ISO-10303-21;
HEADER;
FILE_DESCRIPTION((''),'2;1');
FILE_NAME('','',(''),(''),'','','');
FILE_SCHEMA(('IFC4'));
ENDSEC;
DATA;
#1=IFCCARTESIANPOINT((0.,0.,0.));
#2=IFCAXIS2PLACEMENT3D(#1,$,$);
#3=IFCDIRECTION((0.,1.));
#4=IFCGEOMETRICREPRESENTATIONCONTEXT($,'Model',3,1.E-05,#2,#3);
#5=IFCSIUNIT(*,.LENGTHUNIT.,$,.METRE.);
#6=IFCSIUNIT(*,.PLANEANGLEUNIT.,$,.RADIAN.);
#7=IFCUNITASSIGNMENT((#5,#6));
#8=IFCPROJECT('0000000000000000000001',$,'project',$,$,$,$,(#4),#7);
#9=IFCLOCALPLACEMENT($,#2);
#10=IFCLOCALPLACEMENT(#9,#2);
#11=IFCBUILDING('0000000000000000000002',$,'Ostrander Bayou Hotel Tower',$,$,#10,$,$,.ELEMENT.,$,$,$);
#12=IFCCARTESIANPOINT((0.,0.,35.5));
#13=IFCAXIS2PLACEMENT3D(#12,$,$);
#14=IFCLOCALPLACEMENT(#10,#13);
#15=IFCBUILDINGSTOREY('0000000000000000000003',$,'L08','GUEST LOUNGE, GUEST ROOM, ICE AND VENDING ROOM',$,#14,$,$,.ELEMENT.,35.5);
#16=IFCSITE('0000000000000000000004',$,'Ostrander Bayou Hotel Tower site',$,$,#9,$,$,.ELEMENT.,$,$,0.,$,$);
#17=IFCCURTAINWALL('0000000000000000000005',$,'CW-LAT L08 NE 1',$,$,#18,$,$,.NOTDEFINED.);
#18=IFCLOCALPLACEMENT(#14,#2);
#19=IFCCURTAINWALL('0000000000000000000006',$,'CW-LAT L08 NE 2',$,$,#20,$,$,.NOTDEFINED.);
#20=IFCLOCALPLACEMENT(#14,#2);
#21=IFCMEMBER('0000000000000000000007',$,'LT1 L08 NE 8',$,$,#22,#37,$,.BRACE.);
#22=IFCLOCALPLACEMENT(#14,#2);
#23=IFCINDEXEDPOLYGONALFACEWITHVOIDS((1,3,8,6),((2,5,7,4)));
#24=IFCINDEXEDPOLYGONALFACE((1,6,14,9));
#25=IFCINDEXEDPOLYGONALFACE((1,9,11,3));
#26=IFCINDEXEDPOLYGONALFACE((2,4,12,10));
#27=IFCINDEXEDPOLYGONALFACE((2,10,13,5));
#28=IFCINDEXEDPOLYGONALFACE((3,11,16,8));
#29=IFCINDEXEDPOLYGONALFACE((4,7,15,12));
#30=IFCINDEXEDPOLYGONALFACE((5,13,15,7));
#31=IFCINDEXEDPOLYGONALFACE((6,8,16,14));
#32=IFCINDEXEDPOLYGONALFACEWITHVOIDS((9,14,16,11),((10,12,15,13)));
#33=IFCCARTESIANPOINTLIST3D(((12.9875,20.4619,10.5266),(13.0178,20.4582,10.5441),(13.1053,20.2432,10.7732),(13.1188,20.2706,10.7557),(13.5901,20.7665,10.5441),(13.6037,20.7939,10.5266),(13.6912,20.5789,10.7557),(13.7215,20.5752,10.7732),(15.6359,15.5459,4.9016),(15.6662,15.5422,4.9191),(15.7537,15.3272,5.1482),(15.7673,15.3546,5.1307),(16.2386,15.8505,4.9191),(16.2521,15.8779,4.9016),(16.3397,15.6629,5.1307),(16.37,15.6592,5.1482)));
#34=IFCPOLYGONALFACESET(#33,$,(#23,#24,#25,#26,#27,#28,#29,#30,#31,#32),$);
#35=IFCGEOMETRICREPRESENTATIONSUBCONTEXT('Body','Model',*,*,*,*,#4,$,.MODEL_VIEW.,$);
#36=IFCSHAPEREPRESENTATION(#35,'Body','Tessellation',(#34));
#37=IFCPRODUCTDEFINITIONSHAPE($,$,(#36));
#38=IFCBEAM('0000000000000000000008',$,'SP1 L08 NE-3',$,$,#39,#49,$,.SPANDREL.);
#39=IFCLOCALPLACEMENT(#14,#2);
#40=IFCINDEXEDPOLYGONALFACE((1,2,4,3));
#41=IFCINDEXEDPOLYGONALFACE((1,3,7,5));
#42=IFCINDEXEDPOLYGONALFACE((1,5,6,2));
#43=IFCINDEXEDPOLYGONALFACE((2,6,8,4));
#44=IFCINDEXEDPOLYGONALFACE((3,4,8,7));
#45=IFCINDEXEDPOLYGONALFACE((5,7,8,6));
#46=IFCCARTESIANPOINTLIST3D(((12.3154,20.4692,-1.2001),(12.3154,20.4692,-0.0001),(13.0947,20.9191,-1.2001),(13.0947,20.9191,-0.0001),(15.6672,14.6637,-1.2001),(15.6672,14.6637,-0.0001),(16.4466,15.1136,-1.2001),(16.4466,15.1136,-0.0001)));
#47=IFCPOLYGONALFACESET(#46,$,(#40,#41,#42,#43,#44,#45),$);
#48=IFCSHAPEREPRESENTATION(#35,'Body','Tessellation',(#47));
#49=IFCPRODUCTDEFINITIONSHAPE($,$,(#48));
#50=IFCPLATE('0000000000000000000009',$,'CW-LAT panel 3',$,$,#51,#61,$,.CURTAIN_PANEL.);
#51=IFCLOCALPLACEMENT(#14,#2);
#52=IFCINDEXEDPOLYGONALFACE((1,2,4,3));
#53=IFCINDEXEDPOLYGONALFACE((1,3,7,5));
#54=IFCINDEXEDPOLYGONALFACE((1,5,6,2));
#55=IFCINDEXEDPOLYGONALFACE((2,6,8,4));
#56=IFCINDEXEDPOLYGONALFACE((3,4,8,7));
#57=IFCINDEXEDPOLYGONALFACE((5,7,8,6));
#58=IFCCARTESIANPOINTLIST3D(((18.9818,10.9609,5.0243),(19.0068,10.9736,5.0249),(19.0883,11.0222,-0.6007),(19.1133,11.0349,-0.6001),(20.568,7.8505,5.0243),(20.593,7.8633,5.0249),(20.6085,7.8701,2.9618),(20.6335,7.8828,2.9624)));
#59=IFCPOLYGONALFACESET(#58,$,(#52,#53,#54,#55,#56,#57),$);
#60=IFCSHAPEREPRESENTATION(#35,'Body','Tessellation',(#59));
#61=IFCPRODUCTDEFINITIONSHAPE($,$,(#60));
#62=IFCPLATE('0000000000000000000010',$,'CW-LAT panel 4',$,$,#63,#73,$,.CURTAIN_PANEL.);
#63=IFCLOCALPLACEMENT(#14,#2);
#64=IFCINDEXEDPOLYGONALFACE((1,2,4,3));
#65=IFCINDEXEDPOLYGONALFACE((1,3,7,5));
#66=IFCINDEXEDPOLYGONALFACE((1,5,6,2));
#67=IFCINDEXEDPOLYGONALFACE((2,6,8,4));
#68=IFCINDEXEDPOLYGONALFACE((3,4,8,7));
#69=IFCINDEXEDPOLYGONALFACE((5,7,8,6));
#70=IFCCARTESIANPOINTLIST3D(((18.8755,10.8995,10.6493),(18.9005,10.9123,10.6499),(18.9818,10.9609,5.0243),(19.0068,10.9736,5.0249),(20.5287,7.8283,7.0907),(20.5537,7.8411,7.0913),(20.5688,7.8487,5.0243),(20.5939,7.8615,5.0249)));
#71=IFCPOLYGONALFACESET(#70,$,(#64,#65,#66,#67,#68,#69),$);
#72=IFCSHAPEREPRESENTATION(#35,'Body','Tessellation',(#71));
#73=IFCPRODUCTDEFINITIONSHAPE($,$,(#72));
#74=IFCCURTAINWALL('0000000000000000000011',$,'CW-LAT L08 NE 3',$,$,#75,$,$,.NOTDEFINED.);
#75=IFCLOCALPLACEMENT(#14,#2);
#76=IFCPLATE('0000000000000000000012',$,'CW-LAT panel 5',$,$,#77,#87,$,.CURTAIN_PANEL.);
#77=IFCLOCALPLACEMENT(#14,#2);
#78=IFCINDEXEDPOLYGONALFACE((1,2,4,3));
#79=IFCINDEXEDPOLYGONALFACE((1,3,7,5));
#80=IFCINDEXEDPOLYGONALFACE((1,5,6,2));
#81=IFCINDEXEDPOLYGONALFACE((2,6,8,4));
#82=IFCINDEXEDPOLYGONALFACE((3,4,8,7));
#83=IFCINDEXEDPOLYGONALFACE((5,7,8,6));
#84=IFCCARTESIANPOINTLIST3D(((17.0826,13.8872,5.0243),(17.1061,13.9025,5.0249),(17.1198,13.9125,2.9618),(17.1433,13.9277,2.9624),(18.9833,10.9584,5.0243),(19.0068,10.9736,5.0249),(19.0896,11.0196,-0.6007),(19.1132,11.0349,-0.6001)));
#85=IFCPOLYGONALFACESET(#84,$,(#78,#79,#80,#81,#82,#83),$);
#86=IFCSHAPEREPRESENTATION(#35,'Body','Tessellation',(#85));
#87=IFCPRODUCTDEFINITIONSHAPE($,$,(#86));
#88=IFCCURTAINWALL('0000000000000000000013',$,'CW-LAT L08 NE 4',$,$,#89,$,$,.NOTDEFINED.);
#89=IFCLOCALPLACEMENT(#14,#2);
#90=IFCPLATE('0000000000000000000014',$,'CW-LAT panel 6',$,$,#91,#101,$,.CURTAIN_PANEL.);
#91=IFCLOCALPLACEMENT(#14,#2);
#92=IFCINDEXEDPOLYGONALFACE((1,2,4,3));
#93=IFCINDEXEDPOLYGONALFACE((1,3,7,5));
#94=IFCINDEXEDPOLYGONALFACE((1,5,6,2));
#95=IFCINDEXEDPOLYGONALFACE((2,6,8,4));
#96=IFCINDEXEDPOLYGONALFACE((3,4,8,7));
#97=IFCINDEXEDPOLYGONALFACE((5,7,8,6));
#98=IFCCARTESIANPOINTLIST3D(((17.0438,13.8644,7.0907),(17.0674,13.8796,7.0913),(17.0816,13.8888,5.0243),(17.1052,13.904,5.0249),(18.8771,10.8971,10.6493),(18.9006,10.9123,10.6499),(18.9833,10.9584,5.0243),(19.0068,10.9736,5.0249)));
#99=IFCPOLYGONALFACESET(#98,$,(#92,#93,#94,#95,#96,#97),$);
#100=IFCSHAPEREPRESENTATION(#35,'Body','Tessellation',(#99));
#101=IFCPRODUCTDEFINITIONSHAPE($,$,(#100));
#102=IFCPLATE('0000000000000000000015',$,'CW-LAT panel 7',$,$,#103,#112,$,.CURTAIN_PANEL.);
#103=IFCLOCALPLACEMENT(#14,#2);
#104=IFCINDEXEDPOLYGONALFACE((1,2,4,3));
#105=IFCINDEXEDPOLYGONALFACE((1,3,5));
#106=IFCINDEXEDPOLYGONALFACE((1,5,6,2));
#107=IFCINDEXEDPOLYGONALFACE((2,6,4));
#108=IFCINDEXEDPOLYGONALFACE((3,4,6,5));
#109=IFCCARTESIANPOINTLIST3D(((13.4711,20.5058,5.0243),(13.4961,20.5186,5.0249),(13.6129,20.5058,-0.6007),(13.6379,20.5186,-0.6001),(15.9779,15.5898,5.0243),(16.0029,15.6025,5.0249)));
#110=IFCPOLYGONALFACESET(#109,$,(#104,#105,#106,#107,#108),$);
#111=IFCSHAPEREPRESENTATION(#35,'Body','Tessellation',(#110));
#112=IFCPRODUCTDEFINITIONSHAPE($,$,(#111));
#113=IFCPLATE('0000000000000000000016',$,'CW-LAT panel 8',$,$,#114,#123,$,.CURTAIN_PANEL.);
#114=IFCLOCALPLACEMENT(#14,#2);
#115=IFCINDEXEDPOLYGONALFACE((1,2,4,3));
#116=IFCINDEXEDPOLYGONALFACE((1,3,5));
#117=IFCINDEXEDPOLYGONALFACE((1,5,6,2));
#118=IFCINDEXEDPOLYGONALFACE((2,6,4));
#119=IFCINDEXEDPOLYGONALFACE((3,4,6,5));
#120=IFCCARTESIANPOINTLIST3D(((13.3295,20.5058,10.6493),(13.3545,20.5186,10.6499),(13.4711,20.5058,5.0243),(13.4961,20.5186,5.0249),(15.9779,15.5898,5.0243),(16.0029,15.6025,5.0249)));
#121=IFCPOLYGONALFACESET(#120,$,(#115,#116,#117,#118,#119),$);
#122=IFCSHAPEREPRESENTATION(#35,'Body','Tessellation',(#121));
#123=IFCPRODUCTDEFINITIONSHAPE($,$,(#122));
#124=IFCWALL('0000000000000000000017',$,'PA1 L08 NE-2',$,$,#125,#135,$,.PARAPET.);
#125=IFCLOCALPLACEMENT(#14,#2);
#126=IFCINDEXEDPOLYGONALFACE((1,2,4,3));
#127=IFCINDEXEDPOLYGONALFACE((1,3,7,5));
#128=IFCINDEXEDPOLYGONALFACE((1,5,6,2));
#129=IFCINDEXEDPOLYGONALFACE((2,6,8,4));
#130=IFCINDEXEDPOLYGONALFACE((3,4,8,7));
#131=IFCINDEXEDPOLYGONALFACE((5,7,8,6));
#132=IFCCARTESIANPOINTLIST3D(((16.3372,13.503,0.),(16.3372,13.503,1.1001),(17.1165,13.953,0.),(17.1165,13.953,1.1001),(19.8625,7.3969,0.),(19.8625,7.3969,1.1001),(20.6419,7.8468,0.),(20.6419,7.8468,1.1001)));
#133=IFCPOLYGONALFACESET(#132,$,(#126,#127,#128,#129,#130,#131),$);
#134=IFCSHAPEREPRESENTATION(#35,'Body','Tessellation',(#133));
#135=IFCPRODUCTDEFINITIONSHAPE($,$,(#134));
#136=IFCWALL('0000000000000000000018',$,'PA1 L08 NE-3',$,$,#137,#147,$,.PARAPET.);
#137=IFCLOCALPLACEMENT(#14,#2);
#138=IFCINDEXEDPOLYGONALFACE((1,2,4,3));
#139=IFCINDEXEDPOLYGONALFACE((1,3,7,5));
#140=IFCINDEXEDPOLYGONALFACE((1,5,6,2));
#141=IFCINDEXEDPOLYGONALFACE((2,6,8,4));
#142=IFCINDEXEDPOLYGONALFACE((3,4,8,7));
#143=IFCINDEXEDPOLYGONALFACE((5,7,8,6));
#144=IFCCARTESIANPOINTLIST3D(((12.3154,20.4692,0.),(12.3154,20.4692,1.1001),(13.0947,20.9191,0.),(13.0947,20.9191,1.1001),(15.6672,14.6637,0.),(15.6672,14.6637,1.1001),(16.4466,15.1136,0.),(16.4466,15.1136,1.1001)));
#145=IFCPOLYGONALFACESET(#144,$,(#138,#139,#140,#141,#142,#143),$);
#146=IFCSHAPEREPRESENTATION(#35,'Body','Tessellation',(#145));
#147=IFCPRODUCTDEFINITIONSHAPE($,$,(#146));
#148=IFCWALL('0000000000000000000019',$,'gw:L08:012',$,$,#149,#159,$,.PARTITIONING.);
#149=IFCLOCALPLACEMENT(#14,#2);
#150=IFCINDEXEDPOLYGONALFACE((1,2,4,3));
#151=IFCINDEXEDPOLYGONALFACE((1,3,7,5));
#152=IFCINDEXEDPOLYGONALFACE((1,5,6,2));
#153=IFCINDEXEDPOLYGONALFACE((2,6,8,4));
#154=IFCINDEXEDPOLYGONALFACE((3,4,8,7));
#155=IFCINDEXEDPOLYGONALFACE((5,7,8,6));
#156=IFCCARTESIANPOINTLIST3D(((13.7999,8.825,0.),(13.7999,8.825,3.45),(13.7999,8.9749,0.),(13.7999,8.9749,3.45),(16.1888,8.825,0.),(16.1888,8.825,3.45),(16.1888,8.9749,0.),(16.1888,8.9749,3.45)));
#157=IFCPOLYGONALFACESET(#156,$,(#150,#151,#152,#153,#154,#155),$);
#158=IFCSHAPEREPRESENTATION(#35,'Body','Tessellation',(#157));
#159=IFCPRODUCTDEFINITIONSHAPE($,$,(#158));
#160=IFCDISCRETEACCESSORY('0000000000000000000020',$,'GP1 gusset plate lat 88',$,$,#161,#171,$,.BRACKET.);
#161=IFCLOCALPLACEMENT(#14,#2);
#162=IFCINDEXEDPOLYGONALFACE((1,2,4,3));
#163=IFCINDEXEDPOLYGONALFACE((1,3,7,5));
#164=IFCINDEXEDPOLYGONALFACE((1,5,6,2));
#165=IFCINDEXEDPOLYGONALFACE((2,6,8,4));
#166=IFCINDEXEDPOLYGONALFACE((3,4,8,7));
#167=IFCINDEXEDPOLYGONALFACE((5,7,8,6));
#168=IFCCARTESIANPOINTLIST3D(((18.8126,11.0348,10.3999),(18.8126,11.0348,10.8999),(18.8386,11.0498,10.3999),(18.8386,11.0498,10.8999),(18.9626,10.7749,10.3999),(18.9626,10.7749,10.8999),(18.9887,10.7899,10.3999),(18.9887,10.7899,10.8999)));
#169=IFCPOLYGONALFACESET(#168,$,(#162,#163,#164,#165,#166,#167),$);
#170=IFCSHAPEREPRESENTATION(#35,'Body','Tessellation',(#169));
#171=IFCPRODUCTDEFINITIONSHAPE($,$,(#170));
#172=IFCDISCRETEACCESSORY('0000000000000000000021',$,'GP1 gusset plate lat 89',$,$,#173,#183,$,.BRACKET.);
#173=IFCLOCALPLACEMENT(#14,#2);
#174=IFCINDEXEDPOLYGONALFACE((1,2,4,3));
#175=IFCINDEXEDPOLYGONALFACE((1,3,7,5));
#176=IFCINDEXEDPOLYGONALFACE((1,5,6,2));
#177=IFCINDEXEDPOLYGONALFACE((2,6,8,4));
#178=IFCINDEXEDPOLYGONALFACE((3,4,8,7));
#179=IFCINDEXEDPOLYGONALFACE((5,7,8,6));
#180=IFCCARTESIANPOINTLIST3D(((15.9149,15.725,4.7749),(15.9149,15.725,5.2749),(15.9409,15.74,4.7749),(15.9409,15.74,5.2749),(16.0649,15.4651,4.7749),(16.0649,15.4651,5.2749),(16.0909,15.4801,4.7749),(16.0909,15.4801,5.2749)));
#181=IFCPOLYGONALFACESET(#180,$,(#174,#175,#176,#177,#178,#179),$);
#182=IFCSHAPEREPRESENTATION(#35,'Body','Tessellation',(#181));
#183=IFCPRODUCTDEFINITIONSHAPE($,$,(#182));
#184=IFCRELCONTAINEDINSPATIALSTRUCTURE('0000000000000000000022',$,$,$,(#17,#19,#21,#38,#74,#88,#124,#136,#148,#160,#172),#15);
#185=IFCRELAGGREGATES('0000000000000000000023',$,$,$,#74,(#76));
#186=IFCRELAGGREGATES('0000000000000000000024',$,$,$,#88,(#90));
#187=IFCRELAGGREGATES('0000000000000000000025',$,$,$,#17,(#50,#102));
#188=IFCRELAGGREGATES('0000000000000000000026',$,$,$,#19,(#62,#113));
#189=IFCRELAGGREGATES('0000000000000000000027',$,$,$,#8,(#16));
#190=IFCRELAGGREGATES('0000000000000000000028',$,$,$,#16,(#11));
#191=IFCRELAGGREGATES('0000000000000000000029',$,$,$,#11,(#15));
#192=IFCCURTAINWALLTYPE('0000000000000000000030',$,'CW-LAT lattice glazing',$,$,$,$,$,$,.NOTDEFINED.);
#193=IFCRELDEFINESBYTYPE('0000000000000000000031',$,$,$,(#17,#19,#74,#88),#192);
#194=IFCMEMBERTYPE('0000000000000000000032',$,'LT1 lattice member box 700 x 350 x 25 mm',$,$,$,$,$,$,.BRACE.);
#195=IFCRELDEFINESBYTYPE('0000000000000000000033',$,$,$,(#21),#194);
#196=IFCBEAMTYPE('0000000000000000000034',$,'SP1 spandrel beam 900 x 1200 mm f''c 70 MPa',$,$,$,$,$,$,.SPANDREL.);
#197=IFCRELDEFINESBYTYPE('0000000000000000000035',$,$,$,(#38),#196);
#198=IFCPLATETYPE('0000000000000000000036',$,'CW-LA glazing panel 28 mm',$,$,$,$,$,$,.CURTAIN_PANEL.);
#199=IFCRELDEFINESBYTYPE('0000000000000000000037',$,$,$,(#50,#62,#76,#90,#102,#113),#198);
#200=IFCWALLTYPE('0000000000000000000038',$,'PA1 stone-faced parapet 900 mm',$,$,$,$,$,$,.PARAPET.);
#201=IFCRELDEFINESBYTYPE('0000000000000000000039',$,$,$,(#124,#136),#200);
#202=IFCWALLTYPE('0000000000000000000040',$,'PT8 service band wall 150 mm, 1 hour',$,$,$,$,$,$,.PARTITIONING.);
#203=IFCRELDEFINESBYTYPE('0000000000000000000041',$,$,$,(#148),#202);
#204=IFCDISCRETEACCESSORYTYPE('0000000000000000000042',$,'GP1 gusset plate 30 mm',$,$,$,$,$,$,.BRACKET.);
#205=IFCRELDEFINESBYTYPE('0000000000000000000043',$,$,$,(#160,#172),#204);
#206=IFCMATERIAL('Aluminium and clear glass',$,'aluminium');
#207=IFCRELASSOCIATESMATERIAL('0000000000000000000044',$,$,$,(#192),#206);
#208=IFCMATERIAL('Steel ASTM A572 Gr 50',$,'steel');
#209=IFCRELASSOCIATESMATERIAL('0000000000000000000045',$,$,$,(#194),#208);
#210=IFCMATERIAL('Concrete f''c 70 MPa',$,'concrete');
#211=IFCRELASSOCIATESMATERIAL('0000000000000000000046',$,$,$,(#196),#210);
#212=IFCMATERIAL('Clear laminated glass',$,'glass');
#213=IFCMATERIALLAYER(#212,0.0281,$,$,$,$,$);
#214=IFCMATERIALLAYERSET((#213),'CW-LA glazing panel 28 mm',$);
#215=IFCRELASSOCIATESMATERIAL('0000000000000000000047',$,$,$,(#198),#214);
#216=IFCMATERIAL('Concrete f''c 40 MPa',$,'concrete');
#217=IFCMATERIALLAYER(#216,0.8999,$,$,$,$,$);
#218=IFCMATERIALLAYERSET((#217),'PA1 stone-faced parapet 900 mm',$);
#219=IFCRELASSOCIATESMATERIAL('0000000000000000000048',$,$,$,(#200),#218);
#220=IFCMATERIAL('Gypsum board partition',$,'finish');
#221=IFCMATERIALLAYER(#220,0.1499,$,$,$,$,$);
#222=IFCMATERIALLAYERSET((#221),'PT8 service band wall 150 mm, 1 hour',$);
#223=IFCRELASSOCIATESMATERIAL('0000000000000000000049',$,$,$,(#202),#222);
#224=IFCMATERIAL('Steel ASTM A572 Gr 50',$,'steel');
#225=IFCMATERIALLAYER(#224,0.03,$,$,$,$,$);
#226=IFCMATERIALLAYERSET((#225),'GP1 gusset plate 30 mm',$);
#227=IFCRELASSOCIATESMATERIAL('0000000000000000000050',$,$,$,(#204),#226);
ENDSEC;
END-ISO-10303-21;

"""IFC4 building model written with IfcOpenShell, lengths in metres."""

from ifc_helpers import new_model, si_unit, direction, frame, frame_2d, origin, origin_2d, place, context, subcontext, project, spatial, polyline, rectangle, hollow_rectangle, outline, extrude, material, layer, layer_set, material_profile, profile_set, type_object, element, aggregate, save


model = new_model("IFC4")

# Units and contexts
model_context = context("Model", 3, precision=1e-05, world=origin(), true_north=direction((0.0, 1.0)))
body_context = subcontext(model_context, "Body", "Model", "MODEL_VIEW")
ifc_project = project(units=[si_unit("LENGTHUNIT", "METRE"), si_unit("PLANEANGLEUNIT", "RADIAN")], contexts=[model_context])

# Site, building, storey
site_placement = place(None, origin())
site = spatial("IfcSite", under=ifc_project, at=site_placement, Name="Ostrander Bayou Hotel Tower site", CompositionType="ELEMENT", RefElevation=0.0)
building_placement = place(site_placement, origin())
building = spatial("IfcBuilding", under=site, at=building_placement, Name="Ostrander Bayou Hotel Tower", CompositionType="ELEMENT")
storey_placement = place(building_placement, frame((0.0, 0.0, 35.5)))
storey = spatial("IfcBuildingStorey", under=building, at=storey_placement, Name="L08", Description="GUEST LOUNGE, GUEST ROOM, ICE AND VENDING ROOM", CompositionType="ELEMENT", Elevation=35.5)

# Curtain walls
ifc_material_1 = material(Name="Aluminium and clear glass", Category="aluminium")
curtain_wall_type = type_object("IfcCurtainWallType", Name="CW-LAT lattice glazing", PredefinedType="NOTDEFINED", material=ifc_material_1)
curtain_wall_1_placement = place(storey_placement, origin())
curtain_wall_1 = element("IfcCurtainWall", 1, at=curtain_wall_1_placement, inside=storey, type_object=curtain_wall_type, Name="CW-LAT L08 NE 1", PredefinedType="NOTDEFINED")
curtain_wall_2_placement = place(storey_placement, origin())
curtain_wall_2 = element("IfcCurtainWall", 2, at=curtain_wall_2_placement, inside=storey, type_object=curtain_wall_type, Name="CW-LAT L08 NE 2", PredefinedType="NOTDEFINED")

# Member
ifc_material_2 = material(Name="Steel ASTM A572 Gr 50", Category="steel")
ifc_material_profile_1 = material_profile(ifc_material_2, hollow_rectangle(XDim=0.7, YDim=0.3501, WallThickness=0.0249, at=origin_2d()))
ifc_profile_set_1 = profile_set([ifc_material_profile_1], Name="Steel ASTM A572 Gr 50")
member_type_1 = type_object("IfcMemberType", Name="LT1 lattice member box 700 x 350 x 25 mm", PredefinedType="BRACE", material=ifc_profile_set_1)
member_1_placement = place(storey_placement, frame((16.0029, 15.6025, 5.0249), z_axis=(-0.334144, 0.620236, 0.709686), x_axis=(-0.88037, -0.474288, 0.0)))
element("IfcMember", 3, at=member_1_placement, inside=storey, type_object=member_type_1, Name="LT1 L08 NE 8", PredefinedType="BRACE", context=body_context, shape_type="SweptSolid", body=[
    extrude(hollow_rectangle(XDim=0.7, YDim=0.3501, WallThickness=0.0249, at=origin_2d()), origin(), (0.0, 0.0, 1.0), 7.926),
])

# Beam
ifc_material_3 = material(Name="Concrete f'c 70 MPa", Category="concrete")
ifc_material_profile_2 = material_profile(ifc_material_3, rectangle(XDim=0.8999, YDim=1.2, at=origin_2d()))
ifc_profile_set_2 = profile_set([ifc_material_profile_2], Name="Concrete f'c 70 MPa")
beam_type_1 = type_object("IfcBeamType", Name="SP1 spandrel beam 900 x 1200 mm f'c 70 MPa", PredefinedType="SPANDREL", material=ifc_profile_set_2)
beam_1_placement = place(storey_placement, frame((16.0569, 14.8887, -0.6001), z_axis=(-0.500005, 0.866022, 0.0), x_axis=(-0.866022, -0.500005, 0.0)))
element("IfcBeam", 4, at=beam_1_placement, inside=storey, type_object=beam_type_1, Name="SP1 L08 NE-3", PredefinedType="SPANDREL", context=body_context, shape_type="SweptSolid", body=[
    extrude(rectangle(XDim=0.8999, YDim=1.2, at=origin_2d()), origin(), (0.0, 0.0, 1.0), 6.7036),
])

# Plates
ifc_material_4 = material(Name="Clear laminated glass", Category="glass")
ifc_layer_1 = layer(ifc_material_4, 0.0281)
ifc_layer_set_1 = layer_set([ifc_layer_1], Name="CW-LA glazing panel 28 mm")
plate_type = type_object("IfcPlateType", Name="CW-LA glazing panel 28 mm", PredefinedType="CURTAIN_PANEL", material=ifc_layer_set_1)
plate_1_placement = place(storey_placement, frame((20.6335, 7.8828, 2.9624), z_axis=(0.890635, 0.454196, 0.021802), x_axis=(-0.304428, 0.631199, -0.71338)))
plate_1 = element("IfcPlate", 5, at=plate_1_placement, type_object=plate_type, Name="CW-LAT panel 3", PredefinedType="CURTAIN_PANEL", context=body_context, shape_type="SweptSolid", body=[
    extrude(outline(polyline([(0.0, 0.0), (4.9938, 0.0), (0.9748, 3.9374), (-1.4713, 1.4461), (0.0, 0.0)])), origin(), (0.0, 0.0, -1.0), 0.0281),
])
plate_2_placement = place(storey_placement, frame((20.5537, 7.8411, 7.0913), z_axis=(0.890644, 0.454179, 0.021792), x_axis=(-0.33178, 0.616354, 0.714164)))
plate_2 = element("IfcPlate", 6, at=plate_2_placement, type_object=plate_type, Name="CW-LAT panel 4", PredefinedType="CURTAIN_PANEL", context=body_context, shape_type="SweptSolid", body=[
    extrude(outline(polyline([(0.0, 0.0), (4.9829, 0.0), (0.9682, -3.9419), (-1.4765, -1.4464), (0.0, 0.0)])), origin(), (0.0, 0.0, -1.0), 0.0281),
])

# Curtain walls, plates
curtain_wall_3_placement = place(storey_placement, origin())
curtain_wall_3 = element("IfcCurtainWall", 7, at=curtain_wall_3_placement, inside=storey, type_object=curtain_wall_type, Name="CW-LAT L08 NE 3", PredefinedType="NOTDEFINED")
plate_3_placement = place(storey_placement, frame((17.1433, 13.9277, 2.9624), z_axis=(0.838644, 0.544245, 0.021779), x_axis=(0.394444, -0.579265, -0.713348)))
plate_3 = element("IfcPlate", 8, at=plate_3_placement, type_object=plate_type, Name="CW-LAT panel 5", PredefinedType="CURTAIN_PANEL", context=body_context, shape_type="SweptSolid", body=[
    extrude(outline(polyline([(0.0, 0.0), (4.9941, 0.0), (0.975, -3.9374), (-1.4714, -1.446), (0.0, 0.0)])), origin(), (0.0, 0.0, -1.0), 0.0281),
])
aggregate(curtain_wall_3, [plate_3])
curtain_wall_4_placement = place(storey_placement, origin())
curtain_wall_4 = element("IfcCurtainWall", 9, at=curtain_wall_4_placement, inside=storey, type_object=curtain_wall_type, Name="CW-LAT L08 NE 4", PredefinedType="NOTDEFINED")
plate_4_placement = place(storey_placement, frame((17.0674, 13.8796, 7.0913), z_axis=(0.838652, 0.544232, 0.02177), x_axis=(0.367903, -0.595499, 0.714163)))
plate_4 = element("IfcPlate", 10, at=plate_4_placement, type_object=plate_type, Name="CW-LAT panel 6", PredefinedType="CURTAIN_PANEL", context=body_context, shape_type="SweptSolid", body=[
    extrude(outline(polyline([(0.0, 0.0), (4.9829, 0.0), (0.9683, 3.9419), (-1.4764, 1.4465), (0.0, 0.0)])), origin(), (0.0, 0.0, -1.0), 0.0281),
])
aggregate(curtain_wall_4, [plate_4])

# Plates
plate_5_placement = place(storey_placement, frame((16.0029, 15.6025, 5.0249), z_axis=(0.890635, 0.454164, 0.022459), x_axis=(-0.301816, 0.627373, -0.717852)))
plate_5 = element("IfcPlate", 11, at=plate_5_placement, type_object=plate_type, Name="CW-LAT panel 7", PredefinedType="CURTAIN_PANEL", context=body_context, shape_type="SweptSolid", body=[
    extrude(outline(polyline([(0.0, 0.0), (7.8359, 0.0), (3.8408, 3.9623), (0.0, 0.0)])), origin(), (0.0, 0.0, -1.0), 0.0281),
])
aggregate(curtain_wall_1, [plate_1, plate_5])
plate_6_placement = place(storey_placement, frame((16.0029, 15.6025, 5.0249), z_axis=(0.890636, 0.454164, 0.022421), x_axis=(-0.334144, 0.620236, 0.709686)))
plate_6 = element("IfcPlate", 12, at=plate_6_placement, type_object=plate_type, Name="CW-LAT panel 8", PredefinedType="CURTAIN_PANEL", context=body_context, shape_type="SweptSolid", body=[
    extrude(outline(polyline([(0.0, 0.0), (7.926, 0.0), (3.8867, -3.9172), (0.0, 0.0)])), origin(), (0.0, 0.0, -1.0), 0.0281),
])
aggregate(curtain_wall_2, [plate_2, plate_6])

# Walls
ifc_material_5 = material(Name="Concrete f'c 40 MPa", Category="concrete")
ifc_layer_2 = layer(ifc_material_5, 0.8999)
ifc_layer_set_2 = layer_set([ifc_layer_2], Name="PA1 stone-faced parapet 900 mm")
wall_type_1 = type_object("IfcWallType", Name="PA1 stone-faced parapet 900 mm", PredefinedType="PARAPET", material=ifc_layer_set_2)
wall_1_placement = place(storey_placement, frame((20.2522, 7.6218, 0.0), z_axis=(0.0, 0.0, 1.0), x_axis=(-0.499997, 0.866027, 0.0)))
element("IfcWall", 13, at=wall_1_placement, inside=storey, type_object=wall_type_1, Name="PA1 L08 NE-2", PredefinedType="PARAPET", context=body_context, shape_type="SweptSolid", body=[
    extrude(rectangle(XDim=7.0508, YDim=0.8999, at=frame_2d((3.5254, 0.0))), origin(), (0.0, 0.0, 1.0), 1.1001),
])
wall_2_placement = place(storey_placement, frame((16.0569, 14.8887, 0.0), z_axis=(0.0, 0.0, 1.0), x_axis=(-0.500005, 0.866022, 0.0)))
element("IfcWall", 14, at=wall_2_placement, inside=storey, type_object=wall_type_1, Name="PA1 L08 NE-3", PredefinedType="PARAPET", context=body_context, shape_type="SweptSolid", body=[
    extrude(rectangle(XDim=6.7036, YDim=0.8999, at=frame_2d((3.3518, 0.0))), origin(), (0.0, 0.0, 1.0), 1.1001),
])
ifc_material_6 = material(Name="Gypsum board partition", Category="finish")
ifc_layer_3 = layer(ifc_material_6, 0.1499)
ifc_layer_set_3 = layer_set([ifc_layer_3], Name="PT8 service band wall 150 mm, 1 hour")
wall_type_2 = type_object("IfcWallType", Name="PT8 service band wall 150 mm, 1 hour", PredefinedType="PARTITIONING", material=ifc_layer_set_3)
wall_3_placement = place(storey_placement, frame((13.8, 8.8999, 0.0), z_axis=(0.0, 0.0, 1.0), x_axis=(1.0, 0.0, 0.0)))
element("IfcWall", 15, at=wall_3_placement, inside=storey, type_object=wall_type_2, Name="gw:L08:012", PredefinedType="PARTITIONING", context=body_context, shape_type="SweptSolid", body=[
    extrude(rectangle(XDim=2.3889, YDim=0.1499, at=frame_2d((1.1943, 0.0))), origin(), (0.0, 0.0, 1.0), 3.45),
])

# Discrete accessories
ifc_material_7 = material(Name="Steel ASTM A572 Gr 50", Category="steel")
ifc_layer_4 = layer(ifc_material_7, 0.03)
ifc_layer_set_4 = layer_set([ifc_layer_4], Name="GP1 gusset plate 30 mm")
discrete_accessory_type = type_object("IfcDiscreteAccessoryType", Name="GP1 gusset plate 30 mm", PredefinedType="BRACKET", material=ifc_layer_set_4)
for number, where, z_axis, x_axis, name in (
    (16, (18.9006, 10.9124, 10.3999), (0.0, 0.0, 1.0), (-0.5, 0.866025, 0.0), "GP1 gusset plate lat 88"),
    (17, (16.0029, 15.6025, 4.7749), (0.0, 0.0, 1.0), (-0.5, 0.866025, 0.0), "GP1 gusset plate lat 89"),
):
    element("IfcDiscreteAccessory", number, at=place(storey_placement, frame(where, z_axis=z_axis, x_axis=x_axis)), inside=storey, type_object=discrete_accessory_type, Name=name, PredefinedType="BRACKET", context=body_context, shape_type="SweptSolid", body=[
        extrude(rectangle(XDim=0.3, YDim=0.03, at=origin_2d()), origin(), (0.0, 0.0, 1.0), 0.5),
    ])

save(model, "model.ifc")
